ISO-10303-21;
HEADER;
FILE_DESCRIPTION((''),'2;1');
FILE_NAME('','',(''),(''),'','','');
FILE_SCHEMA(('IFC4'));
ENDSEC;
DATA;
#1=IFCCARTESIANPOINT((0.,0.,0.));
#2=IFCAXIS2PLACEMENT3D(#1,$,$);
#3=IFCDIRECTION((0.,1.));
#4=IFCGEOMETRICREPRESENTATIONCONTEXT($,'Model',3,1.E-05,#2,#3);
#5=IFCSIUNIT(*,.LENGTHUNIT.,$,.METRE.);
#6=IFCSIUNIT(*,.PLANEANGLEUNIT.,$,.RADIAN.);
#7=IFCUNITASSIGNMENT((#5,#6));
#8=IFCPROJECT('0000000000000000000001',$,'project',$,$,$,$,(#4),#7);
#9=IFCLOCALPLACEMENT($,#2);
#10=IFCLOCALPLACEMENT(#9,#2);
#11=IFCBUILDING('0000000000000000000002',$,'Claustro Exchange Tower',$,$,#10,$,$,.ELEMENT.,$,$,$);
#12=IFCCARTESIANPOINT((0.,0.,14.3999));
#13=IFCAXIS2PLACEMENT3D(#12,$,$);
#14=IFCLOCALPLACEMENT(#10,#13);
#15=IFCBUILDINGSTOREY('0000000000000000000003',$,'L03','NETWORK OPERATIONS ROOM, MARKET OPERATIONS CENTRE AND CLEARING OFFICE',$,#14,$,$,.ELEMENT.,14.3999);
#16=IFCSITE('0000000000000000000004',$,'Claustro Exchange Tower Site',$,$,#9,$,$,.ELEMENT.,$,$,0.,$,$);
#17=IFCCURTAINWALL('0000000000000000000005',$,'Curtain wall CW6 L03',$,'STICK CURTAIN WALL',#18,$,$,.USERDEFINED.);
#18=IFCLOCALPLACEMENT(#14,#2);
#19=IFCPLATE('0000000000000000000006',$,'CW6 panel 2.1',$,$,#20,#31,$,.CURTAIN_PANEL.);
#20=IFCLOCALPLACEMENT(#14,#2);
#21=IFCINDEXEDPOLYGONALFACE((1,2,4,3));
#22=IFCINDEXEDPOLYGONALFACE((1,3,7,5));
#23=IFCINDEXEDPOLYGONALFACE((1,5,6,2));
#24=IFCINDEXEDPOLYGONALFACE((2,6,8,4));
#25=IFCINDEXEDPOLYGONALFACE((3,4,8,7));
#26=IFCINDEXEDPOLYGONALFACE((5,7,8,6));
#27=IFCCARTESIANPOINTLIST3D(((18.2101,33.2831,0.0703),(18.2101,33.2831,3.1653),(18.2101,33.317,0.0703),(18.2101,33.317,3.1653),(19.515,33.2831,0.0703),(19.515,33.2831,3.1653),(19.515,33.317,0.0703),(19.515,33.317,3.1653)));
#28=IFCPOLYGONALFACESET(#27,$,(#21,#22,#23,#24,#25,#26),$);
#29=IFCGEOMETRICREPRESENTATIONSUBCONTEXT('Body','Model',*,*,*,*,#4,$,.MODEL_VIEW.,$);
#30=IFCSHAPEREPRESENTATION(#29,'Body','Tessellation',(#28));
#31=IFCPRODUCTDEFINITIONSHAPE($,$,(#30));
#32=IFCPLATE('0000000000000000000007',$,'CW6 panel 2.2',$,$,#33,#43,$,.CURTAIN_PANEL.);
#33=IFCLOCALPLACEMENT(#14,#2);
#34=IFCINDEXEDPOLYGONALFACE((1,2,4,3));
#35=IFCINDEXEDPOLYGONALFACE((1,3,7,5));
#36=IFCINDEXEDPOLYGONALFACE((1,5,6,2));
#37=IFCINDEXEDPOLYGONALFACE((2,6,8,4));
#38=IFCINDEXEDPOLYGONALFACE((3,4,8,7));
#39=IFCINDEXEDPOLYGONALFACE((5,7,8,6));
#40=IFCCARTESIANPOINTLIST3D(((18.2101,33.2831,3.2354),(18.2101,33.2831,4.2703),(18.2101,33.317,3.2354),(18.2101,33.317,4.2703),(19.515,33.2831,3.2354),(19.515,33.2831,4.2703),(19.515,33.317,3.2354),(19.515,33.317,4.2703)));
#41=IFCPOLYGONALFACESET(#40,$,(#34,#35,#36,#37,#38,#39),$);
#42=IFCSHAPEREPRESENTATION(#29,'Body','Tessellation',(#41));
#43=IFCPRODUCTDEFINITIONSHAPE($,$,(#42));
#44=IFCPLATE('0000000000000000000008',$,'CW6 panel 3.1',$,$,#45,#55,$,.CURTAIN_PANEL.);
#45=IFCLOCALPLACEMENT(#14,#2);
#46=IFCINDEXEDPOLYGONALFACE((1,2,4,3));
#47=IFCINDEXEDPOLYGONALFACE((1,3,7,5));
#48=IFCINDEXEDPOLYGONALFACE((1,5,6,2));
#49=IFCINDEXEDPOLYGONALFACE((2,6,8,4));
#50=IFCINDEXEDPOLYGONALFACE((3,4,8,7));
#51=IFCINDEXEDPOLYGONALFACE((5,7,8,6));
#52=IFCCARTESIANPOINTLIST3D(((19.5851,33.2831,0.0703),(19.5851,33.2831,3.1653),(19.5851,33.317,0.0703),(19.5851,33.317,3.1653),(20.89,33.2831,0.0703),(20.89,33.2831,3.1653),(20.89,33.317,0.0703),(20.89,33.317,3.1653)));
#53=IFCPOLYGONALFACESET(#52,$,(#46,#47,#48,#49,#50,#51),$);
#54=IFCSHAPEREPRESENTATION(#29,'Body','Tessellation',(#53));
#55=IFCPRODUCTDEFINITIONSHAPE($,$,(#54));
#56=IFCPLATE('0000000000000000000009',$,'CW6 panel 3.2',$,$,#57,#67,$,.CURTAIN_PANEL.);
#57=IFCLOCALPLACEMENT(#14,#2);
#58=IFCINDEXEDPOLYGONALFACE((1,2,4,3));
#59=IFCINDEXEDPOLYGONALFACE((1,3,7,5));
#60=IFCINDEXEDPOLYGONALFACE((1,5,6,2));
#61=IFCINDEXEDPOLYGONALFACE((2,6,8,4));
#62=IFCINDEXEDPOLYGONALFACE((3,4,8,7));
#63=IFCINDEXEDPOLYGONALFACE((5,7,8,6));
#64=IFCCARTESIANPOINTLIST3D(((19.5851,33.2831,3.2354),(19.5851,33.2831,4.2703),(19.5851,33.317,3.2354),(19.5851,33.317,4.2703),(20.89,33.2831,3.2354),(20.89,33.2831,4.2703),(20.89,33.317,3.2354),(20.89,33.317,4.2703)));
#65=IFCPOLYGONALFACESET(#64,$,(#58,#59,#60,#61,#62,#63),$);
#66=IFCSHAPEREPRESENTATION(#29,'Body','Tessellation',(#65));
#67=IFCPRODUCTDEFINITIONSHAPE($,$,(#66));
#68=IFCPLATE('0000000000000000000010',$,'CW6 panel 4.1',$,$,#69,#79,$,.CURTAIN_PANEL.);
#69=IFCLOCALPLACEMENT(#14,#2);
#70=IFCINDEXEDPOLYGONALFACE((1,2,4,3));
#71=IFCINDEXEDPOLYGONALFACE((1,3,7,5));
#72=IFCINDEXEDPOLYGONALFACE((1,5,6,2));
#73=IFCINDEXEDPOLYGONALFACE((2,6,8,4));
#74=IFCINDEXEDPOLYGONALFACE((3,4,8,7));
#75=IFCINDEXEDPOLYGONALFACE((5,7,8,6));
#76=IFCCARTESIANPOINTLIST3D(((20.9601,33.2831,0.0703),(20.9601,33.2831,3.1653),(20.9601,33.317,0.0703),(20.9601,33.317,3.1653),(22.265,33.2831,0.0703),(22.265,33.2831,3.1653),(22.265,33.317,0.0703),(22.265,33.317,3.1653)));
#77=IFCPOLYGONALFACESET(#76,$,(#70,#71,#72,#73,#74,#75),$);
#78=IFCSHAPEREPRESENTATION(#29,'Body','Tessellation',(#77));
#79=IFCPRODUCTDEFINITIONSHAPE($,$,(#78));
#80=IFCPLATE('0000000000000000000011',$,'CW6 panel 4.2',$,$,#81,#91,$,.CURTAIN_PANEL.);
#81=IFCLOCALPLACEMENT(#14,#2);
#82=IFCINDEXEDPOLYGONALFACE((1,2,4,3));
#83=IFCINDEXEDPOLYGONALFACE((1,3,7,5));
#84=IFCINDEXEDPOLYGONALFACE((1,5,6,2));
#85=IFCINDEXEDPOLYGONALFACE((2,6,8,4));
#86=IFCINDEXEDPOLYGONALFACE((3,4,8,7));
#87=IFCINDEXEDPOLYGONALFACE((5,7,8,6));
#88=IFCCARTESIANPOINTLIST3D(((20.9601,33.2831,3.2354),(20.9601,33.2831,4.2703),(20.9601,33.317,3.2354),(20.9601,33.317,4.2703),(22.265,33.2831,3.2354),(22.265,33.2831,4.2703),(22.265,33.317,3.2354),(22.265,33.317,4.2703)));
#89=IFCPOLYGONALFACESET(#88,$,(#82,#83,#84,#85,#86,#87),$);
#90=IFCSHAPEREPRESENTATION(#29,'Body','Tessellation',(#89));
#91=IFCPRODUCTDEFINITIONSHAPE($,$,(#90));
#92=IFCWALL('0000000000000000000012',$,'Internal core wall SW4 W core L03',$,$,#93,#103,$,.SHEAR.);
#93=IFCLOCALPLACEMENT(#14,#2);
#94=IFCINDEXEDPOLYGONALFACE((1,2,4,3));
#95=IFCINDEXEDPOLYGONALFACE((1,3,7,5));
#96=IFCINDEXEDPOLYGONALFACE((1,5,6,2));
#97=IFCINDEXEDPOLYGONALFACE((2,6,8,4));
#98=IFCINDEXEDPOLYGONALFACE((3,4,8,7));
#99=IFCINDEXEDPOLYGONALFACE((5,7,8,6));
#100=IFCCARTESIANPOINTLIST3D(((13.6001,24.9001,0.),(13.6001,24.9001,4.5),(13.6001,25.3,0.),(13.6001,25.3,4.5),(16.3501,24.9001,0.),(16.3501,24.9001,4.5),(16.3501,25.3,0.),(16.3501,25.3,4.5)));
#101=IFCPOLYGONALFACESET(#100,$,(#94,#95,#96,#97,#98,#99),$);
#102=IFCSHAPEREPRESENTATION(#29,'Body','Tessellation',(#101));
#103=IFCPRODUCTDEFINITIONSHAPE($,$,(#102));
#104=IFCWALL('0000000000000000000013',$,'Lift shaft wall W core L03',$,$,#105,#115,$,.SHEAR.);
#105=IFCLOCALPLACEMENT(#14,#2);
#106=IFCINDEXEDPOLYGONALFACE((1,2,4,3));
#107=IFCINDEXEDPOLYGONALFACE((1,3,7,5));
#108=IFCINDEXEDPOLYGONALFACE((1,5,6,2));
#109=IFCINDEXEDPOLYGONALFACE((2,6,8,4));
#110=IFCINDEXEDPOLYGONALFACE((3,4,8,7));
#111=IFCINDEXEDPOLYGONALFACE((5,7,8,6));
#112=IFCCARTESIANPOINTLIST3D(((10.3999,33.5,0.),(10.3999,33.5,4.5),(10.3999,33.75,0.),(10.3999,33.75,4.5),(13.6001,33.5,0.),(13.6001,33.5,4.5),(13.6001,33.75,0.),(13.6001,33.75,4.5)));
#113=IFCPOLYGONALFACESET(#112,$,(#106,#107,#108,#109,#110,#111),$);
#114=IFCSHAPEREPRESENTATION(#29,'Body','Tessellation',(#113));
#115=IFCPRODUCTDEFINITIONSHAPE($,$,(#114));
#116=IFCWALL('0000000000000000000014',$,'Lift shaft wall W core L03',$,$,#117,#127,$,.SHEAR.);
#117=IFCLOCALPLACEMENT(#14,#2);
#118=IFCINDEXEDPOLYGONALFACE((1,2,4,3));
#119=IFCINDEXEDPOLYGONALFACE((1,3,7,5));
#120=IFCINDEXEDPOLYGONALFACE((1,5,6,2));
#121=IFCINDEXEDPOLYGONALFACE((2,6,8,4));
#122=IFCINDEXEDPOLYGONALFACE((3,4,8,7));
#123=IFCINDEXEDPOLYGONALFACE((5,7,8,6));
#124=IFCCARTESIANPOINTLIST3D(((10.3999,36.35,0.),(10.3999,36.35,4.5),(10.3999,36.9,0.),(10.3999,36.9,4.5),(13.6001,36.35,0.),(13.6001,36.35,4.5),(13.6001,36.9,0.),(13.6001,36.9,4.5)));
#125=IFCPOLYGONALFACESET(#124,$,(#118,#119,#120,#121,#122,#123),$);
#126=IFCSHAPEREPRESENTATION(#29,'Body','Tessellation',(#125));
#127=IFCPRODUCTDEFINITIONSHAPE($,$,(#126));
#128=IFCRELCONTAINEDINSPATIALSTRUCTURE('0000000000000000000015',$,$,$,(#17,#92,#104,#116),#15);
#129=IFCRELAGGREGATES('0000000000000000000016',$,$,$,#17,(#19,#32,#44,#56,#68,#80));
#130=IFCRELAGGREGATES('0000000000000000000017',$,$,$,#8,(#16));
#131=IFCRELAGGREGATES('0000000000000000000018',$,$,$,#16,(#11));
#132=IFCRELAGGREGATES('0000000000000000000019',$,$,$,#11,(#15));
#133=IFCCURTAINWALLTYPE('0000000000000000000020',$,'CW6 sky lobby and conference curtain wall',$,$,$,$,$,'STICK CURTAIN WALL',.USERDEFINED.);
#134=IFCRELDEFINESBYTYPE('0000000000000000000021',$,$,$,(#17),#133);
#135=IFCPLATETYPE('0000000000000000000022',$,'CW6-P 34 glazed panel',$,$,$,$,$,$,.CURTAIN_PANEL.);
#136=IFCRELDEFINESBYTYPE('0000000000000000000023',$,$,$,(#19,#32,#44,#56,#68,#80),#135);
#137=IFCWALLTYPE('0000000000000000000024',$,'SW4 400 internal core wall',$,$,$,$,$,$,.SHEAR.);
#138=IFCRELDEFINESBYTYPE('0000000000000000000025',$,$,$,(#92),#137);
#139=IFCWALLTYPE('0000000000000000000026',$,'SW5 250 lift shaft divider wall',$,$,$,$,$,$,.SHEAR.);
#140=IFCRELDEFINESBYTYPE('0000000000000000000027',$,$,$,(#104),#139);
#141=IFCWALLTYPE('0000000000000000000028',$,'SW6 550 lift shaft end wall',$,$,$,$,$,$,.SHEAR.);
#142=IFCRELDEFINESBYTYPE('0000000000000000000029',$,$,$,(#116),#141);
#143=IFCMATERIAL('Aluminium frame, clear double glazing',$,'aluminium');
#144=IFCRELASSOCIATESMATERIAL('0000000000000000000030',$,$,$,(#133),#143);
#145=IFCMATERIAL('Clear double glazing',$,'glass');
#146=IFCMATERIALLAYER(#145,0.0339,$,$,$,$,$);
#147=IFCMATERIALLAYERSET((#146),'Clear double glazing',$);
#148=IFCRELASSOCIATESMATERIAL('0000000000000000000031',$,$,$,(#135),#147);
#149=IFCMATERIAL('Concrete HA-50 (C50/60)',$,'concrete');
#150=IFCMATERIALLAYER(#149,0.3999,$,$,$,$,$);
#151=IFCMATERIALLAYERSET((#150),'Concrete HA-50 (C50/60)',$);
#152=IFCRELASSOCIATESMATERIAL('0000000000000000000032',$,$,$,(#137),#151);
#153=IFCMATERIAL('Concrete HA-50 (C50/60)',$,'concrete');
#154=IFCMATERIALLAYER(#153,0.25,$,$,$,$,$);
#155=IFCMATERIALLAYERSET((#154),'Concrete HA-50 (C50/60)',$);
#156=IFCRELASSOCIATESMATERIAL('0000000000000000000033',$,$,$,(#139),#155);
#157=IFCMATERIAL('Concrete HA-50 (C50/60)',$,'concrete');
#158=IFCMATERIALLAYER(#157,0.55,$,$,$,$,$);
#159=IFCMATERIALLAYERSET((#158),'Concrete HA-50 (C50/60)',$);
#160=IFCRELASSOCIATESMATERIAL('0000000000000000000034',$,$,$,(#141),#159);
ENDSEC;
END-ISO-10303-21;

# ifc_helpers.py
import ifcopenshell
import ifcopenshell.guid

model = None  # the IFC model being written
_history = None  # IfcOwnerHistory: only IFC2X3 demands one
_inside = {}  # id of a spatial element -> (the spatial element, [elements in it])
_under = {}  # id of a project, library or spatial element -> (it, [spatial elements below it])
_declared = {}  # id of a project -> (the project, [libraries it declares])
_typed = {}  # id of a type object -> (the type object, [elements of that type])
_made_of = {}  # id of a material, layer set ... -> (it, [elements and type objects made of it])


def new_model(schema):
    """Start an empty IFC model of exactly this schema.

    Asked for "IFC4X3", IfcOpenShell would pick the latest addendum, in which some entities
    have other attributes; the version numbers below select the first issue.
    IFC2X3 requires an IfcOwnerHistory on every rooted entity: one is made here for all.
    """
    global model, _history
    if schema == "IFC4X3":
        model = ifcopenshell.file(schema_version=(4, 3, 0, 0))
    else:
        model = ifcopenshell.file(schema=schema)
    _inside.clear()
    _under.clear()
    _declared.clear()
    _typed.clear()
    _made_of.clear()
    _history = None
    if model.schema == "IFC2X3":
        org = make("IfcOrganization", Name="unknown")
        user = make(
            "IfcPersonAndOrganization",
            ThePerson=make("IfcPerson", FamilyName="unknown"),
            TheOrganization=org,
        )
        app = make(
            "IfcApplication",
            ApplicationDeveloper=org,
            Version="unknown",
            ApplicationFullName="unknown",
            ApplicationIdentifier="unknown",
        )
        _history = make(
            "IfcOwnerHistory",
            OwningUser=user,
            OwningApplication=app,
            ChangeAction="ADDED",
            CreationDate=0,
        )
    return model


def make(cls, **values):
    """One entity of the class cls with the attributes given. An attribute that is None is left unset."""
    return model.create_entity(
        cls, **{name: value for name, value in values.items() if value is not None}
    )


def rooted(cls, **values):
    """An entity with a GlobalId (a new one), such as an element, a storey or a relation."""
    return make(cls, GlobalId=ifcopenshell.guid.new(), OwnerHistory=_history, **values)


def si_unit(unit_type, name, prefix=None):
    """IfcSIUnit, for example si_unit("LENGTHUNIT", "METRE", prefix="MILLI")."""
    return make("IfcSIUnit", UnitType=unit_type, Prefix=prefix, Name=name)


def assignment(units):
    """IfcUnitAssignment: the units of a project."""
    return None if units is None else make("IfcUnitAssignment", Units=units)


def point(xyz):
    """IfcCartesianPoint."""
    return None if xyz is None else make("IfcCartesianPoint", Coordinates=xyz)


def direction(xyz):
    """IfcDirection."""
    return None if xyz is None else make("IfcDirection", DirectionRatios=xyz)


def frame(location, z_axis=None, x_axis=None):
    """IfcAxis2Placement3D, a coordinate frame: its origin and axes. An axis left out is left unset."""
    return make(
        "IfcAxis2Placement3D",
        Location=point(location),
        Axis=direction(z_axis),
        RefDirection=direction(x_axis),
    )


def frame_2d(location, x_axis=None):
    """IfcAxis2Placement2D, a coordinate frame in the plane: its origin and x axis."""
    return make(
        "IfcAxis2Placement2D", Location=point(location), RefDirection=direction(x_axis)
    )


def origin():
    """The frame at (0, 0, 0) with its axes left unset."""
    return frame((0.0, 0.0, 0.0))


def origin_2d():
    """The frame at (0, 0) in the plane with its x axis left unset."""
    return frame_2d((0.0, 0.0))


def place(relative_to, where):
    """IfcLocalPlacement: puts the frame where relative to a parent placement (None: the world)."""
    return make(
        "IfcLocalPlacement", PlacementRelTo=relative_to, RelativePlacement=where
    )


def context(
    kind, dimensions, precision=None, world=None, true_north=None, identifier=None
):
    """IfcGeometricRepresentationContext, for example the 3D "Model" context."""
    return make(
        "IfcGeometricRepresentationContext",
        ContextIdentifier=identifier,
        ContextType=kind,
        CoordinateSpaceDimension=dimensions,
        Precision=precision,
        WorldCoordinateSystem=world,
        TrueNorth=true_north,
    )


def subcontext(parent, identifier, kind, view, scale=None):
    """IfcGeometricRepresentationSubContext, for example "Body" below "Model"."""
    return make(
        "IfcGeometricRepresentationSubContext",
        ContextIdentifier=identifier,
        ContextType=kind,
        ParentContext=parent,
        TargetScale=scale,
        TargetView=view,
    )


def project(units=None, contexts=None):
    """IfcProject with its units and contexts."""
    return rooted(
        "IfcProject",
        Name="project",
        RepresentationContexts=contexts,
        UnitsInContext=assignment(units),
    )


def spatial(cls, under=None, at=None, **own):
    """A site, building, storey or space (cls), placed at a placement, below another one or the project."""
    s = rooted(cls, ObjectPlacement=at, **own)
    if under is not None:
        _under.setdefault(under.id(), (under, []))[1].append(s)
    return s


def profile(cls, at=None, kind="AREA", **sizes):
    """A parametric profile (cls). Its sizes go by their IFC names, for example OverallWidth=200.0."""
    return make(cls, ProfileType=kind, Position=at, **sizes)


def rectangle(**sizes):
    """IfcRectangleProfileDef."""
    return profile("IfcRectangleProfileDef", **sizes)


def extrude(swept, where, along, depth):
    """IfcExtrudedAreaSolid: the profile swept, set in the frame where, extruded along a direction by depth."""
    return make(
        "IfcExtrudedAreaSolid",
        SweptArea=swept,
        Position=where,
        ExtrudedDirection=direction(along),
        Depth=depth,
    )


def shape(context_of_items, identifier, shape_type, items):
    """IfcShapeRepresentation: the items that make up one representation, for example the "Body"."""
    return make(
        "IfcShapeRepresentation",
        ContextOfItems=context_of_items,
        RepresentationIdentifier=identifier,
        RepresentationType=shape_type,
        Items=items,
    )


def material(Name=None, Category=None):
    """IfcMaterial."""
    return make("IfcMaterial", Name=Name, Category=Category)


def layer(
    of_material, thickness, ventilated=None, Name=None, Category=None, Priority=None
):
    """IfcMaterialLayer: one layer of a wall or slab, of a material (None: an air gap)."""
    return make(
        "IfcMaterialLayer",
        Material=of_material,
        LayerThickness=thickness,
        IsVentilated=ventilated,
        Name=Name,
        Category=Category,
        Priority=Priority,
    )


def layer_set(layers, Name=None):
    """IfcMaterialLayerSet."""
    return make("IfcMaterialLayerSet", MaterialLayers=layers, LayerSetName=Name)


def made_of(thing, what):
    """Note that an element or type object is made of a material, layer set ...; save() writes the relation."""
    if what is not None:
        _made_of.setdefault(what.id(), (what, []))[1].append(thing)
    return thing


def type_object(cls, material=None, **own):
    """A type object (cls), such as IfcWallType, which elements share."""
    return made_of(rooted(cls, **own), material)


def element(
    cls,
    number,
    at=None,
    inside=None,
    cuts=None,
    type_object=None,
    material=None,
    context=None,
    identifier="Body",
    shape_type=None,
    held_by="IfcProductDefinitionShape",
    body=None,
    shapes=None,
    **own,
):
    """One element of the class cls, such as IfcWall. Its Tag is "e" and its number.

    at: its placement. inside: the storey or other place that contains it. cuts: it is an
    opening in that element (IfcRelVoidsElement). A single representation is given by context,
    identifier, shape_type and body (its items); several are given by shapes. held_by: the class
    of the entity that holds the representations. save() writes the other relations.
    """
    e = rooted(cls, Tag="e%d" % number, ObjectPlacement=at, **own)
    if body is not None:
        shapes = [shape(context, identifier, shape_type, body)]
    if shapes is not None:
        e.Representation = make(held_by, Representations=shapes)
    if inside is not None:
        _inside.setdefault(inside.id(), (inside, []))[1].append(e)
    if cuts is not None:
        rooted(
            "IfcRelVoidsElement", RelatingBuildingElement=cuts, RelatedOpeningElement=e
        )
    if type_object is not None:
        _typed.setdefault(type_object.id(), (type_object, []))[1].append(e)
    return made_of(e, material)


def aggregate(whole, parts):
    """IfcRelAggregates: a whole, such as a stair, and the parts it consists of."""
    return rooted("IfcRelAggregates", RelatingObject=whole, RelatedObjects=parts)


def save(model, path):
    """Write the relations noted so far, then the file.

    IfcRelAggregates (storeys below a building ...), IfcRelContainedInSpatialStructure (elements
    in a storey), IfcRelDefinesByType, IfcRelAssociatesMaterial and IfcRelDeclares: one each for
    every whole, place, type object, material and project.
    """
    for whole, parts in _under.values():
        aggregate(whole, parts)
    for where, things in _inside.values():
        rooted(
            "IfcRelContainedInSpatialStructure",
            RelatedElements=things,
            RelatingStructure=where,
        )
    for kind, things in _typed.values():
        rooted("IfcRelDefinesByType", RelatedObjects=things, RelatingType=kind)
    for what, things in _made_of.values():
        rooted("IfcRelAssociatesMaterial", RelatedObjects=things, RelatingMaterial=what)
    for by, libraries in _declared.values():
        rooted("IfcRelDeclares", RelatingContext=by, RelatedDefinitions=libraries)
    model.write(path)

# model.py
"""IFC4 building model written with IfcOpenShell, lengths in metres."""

from ifc_helpers import new_model, si_unit, direction, frame, frame_2d, origin, origin_2d, place, context, subcontext, project, spatial, rectangle, extrude, material, layer, layer_set, type_object, element, aggregate, save


model = new_model("IFC4")

# Units and contexts
model_context = context("Model", 3, precision=1e-05, world=origin(), true_north=direction((0.0, 1.0)))
body_context = subcontext(model_context, "Body", "Model", "MODEL_VIEW")
ifc_project = project(units=[si_unit("LENGTHUNIT", "METRE"), si_unit("PLANEANGLEUNIT", "RADIAN")], contexts=[model_context])

# Site, building, storey
site_placement = place(None, origin())
site = spatial("IfcSite", under=ifc_project, at=site_placement, Name="Claustro Exchange Tower Site", CompositionType="ELEMENT", RefElevation=0.0)
building_placement = place(site_placement, origin())
building = spatial("IfcBuilding", under=site, at=building_placement, Name="Claustro Exchange Tower", CompositionType="ELEMENT")
storey_placement = place(building_placement, frame((0.0, 0.0, 14.3999)))
storey = spatial("IfcBuildingStorey", under=building, at=storey_placement, Name="L03", Description="NETWORK OPERATIONS ROOM, MARKET OPERATIONS CENTRE AND CLEARING OFFICE", CompositionType="ELEMENT", Elevation=14.3999)

# Curtain wall, plates
ifc_material_1 = material(Name="Aluminium frame, clear double glazing", Category="aluminium")
curtain_wall_type = type_object("IfcCurtainWallType", Name="CW6 sky lobby and conference curtain wall", ElementType="STICK CURTAIN WALL", PredefinedType="USERDEFINED", material=ifc_material_1)
curtain_wall_placement = place(storey_placement, origin())
curtain_wall = element("IfcCurtainWall", 1, at=curtain_wall_placement, inside=storey, type_object=curtain_wall_type, Name="Curtain wall CW6 L03", ObjectType="STICK CURTAIN WALL", PredefinedType="USERDEFINED")
ifc_material_2 = material(Name="Clear double glazing", Category="glass")
ifc_layer_1 = layer(ifc_material_2, 0.0339)
ifc_layer_set_1 = layer_set([ifc_layer_1], Name="Clear double glazing")
plate_type = type_object("IfcPlateType", Name="CW6-P 34 glazed panel", PredefinedType="CURTAIN_PANEL", material=ifc_layer_set_1)
plate_1_placement = place(storey_placement, frame((18.8625, 33.3, 0.0703), z_axis=(0.0, 0.0, 1.0), x_axis=(1.0, 0.0, 0.0)))
plate_1 = element("IfcPlate", 2, at=plate_1_placement, type_object=plate_type, Name="CW6 panel 2.1", PredefinedType="CURTAIN_PANEL", context=body_context, shape_type="SweptSolid", body=[
    extrude(rectangle(XDim=1.3049, YDim=0.0339, at=origin_2d()), origin(), (0.0, 0.0, 1.0), 3.095),
])
plate_2_placement = place(storey_placement, frame((18.8625, 33.3, 3.2354), z_axis=(0.0, 0.0, 1.0), x_axis=(1.0, 0.0, 0.0)))
plate_2 = element("IfcPlate", 3, at=plate_2_placement, type_object=plate_type, Name="CW6 panel 2.2", PredefinedType="CURTAIN_PANEL", context=body_context, shape_type="SweptSolid", body=[
    extrude(rectangle(XDim=1.3049, YDim=0.0339, at=origin_2d()), origin(), (0.0, 0.0, 1.0), 1.0349),
])
plate_3_placement = place(storey_placement, frame((20.2375, 33.3, 0.0703), z_axis=(0.0, 0.0, 1.0), x_axis=(1.0, 0.0, 0.0)))
plate_3 = element("IfcPlate", 4, at=plate_3_placement, type_object=plate_type, Name="CW6 panel 3.1", PredefinedType="CURTAIN_PANEL", context=body_context, shape_type="SweptSolid", body=[
    extrude(rectangle(XDim=1.3049, YDim=0.0339, at=origin_2d()), origin(), (0.0, 0.0, 1.0), 3.095),
])
plate_4_placement = place(storey_placement, frame((20.2375, 33.3, 3.2354), z_axis=(0.0, 0.0, 1.0), x_axis=(1.0, 0.0, 0.0)))
plate_4 = element("IfcPlate", 5, at=plate_4_placement, type_object=plate_type, Name="CW6 panel 3.2", PredefinedType="CURTAIN_PANEL", context=body_context, shape_type="SweptSolid", body=[
    extrude(rectangle(XDim=1.3049, YDim=0.0339, at=origin_2d()), origin(), (0.0, 0.0, 1.0), 1.0349),
])
plate_5_placement = place(storey_placement, frame((21.6125, 33.3, 0.0703), z_axis=(0.0, 0.0, 1.0), x_axis=(1.0, 0.0, 0.0)))
plate_5 = element("IfcPlate", 6, at=plate_5_placement, type_object=plate_type, Name="CW6 panel 4.1", PredefinedType="CURTAIN_PANEL", context=body_context, shape_type="SweptSolid", body=[
    extrude(rectangle(XDim=1.3049, YDim=0.0339, at=origin_2d()), origin(), (0.0, 0.0, 1.0), 3.095),
])
plate_6_placement = place(storey_placement, frame((21.6125, 33.3, 3.2354), z_axis=(0.0, 0.0, 1.0), x_axis=(1.0, 0.0, 0.0)))
plate_6 = element("IfcPlate", 7, at=plate_6_placement, type_object=plate_type, Name="CW6 panel 4.2", PredefinedType="CURTAIN_PANEL", context=body_context, shape_type="SweptSolid", body=[
    extrude(rectangle(XDim=1.3049, YDim=0.0339, at=origin_2d()), origin(), (0.0, 0.0, 1.0), 1.0349),
])
aggregate(curtain_wall, [plate_1, plate_2, plate_3, plate_4, plate_5, plate_6])

# Walls
ifc_material_3 = material(Name="Concrete HA-50 (C50/60)", Category="concrete")
ifc_layer_2 = layer(ifc_material_3, 0.3999)
ifc_layer_set_2 = layer_set([ifc_layer_2], Name="Concrete HA-50 (C50/60)")
wall_type_1 = type_object("IfcWallType", Name="SW4 400 internal core wall", PredefinedType="SHEAR", material=ifc_layer_set_2)
wall_1_placement = place(storey_placement, frame((13.6001, 25.1001, 0.0), z_axis=(0.0, 0.0, 1.0), x_axis=(1.0, 0.0, 0.0)))
element("IfcWall", 8, at=wall_1_placement, inside=storey, type_object=wall_type_1, Name="Internal core wall SW4 W core L03", PredefinedType="SHEAR", context=body_context, shape_type="SweptSolid", body=[
    extrude(rectangle(XDim=2.75, YDim=0.3999, at=frame_2d((1.375, 0.0))), origin(), (0.0, 0.0, 1.0), 4.5),
])
ifc_material_4 = material(Name="Concrete HA-50 (C50/60)", Category="concrete")
ifc_layer_3 = layer(ifc_material_4, 0.25)
ifc_layer_set_3 = layer_set([ifc_layer_3], Name="Concrete HA-50 (C50/60)")
wall_type_2 = type_object("IfcWallType", Name="SW5 250 lift shaft divider wall", PredefinedType="SHEAR", material=ifc_layer_set_3)
wall_2_placement = place(storey_placement, frame((10.3999, 33.625, 0.0), z_axis=(0.0, 0.0, 1.0), x_axis=(1.0, 0.0, 0.0)))
element("IfcWall", 9, at=wall_2_placement, inside=storey, type_object=wall_type_2, Name="Lift shaft wall W core L03", PredefinedType="SHEAR", context=body_context, shape_type="SweptSolid", body=[
    extrude(rectangle(XDim=3.2002, YDim=0.25, at=frame_2d((1.6001, 0.0))), origin(), (0.0, 0.0, 1.0), 4.5),
])
ifc_material_5 = material(Name="Concrete HA-50 (C50/60)", Category="concrete")
ifc_layer_4 = layer(ifc_material_5, 0.55)
ifc_layer_set_4 = layer_set([ifc_layer_4], Name="Concrete HA-50 (C50/60)")
wall_type_3 = type_object("IfcWallType", Name="SW6 550 lift shaft end wall", PredefinedType="SHEAR", material=ifc_layer_set_4)
wall_3_placement = place(storey_placement, frame((10.3999, 36.625, 0.0), z_axis=(0.0, 0.0, 1.0), x_axis=(1.0, 0.0, 0.0)))
element("IfcWall", 10, at=wall_3_placement, inside=storey, type_object=wall_type_3, Name="Lift shaft wall W core L03", PredefinedType="SHEAR", context=body_context, shape_type="SweptSolid", body=[
    extrude(rectangle(XDim=3.2002, YDim=0.55, at=frame_2d((1.6001, 0.0))), origin(), (0.0, 0.0, 1.0), 4.5),
])

save(model, "model.ifc")
